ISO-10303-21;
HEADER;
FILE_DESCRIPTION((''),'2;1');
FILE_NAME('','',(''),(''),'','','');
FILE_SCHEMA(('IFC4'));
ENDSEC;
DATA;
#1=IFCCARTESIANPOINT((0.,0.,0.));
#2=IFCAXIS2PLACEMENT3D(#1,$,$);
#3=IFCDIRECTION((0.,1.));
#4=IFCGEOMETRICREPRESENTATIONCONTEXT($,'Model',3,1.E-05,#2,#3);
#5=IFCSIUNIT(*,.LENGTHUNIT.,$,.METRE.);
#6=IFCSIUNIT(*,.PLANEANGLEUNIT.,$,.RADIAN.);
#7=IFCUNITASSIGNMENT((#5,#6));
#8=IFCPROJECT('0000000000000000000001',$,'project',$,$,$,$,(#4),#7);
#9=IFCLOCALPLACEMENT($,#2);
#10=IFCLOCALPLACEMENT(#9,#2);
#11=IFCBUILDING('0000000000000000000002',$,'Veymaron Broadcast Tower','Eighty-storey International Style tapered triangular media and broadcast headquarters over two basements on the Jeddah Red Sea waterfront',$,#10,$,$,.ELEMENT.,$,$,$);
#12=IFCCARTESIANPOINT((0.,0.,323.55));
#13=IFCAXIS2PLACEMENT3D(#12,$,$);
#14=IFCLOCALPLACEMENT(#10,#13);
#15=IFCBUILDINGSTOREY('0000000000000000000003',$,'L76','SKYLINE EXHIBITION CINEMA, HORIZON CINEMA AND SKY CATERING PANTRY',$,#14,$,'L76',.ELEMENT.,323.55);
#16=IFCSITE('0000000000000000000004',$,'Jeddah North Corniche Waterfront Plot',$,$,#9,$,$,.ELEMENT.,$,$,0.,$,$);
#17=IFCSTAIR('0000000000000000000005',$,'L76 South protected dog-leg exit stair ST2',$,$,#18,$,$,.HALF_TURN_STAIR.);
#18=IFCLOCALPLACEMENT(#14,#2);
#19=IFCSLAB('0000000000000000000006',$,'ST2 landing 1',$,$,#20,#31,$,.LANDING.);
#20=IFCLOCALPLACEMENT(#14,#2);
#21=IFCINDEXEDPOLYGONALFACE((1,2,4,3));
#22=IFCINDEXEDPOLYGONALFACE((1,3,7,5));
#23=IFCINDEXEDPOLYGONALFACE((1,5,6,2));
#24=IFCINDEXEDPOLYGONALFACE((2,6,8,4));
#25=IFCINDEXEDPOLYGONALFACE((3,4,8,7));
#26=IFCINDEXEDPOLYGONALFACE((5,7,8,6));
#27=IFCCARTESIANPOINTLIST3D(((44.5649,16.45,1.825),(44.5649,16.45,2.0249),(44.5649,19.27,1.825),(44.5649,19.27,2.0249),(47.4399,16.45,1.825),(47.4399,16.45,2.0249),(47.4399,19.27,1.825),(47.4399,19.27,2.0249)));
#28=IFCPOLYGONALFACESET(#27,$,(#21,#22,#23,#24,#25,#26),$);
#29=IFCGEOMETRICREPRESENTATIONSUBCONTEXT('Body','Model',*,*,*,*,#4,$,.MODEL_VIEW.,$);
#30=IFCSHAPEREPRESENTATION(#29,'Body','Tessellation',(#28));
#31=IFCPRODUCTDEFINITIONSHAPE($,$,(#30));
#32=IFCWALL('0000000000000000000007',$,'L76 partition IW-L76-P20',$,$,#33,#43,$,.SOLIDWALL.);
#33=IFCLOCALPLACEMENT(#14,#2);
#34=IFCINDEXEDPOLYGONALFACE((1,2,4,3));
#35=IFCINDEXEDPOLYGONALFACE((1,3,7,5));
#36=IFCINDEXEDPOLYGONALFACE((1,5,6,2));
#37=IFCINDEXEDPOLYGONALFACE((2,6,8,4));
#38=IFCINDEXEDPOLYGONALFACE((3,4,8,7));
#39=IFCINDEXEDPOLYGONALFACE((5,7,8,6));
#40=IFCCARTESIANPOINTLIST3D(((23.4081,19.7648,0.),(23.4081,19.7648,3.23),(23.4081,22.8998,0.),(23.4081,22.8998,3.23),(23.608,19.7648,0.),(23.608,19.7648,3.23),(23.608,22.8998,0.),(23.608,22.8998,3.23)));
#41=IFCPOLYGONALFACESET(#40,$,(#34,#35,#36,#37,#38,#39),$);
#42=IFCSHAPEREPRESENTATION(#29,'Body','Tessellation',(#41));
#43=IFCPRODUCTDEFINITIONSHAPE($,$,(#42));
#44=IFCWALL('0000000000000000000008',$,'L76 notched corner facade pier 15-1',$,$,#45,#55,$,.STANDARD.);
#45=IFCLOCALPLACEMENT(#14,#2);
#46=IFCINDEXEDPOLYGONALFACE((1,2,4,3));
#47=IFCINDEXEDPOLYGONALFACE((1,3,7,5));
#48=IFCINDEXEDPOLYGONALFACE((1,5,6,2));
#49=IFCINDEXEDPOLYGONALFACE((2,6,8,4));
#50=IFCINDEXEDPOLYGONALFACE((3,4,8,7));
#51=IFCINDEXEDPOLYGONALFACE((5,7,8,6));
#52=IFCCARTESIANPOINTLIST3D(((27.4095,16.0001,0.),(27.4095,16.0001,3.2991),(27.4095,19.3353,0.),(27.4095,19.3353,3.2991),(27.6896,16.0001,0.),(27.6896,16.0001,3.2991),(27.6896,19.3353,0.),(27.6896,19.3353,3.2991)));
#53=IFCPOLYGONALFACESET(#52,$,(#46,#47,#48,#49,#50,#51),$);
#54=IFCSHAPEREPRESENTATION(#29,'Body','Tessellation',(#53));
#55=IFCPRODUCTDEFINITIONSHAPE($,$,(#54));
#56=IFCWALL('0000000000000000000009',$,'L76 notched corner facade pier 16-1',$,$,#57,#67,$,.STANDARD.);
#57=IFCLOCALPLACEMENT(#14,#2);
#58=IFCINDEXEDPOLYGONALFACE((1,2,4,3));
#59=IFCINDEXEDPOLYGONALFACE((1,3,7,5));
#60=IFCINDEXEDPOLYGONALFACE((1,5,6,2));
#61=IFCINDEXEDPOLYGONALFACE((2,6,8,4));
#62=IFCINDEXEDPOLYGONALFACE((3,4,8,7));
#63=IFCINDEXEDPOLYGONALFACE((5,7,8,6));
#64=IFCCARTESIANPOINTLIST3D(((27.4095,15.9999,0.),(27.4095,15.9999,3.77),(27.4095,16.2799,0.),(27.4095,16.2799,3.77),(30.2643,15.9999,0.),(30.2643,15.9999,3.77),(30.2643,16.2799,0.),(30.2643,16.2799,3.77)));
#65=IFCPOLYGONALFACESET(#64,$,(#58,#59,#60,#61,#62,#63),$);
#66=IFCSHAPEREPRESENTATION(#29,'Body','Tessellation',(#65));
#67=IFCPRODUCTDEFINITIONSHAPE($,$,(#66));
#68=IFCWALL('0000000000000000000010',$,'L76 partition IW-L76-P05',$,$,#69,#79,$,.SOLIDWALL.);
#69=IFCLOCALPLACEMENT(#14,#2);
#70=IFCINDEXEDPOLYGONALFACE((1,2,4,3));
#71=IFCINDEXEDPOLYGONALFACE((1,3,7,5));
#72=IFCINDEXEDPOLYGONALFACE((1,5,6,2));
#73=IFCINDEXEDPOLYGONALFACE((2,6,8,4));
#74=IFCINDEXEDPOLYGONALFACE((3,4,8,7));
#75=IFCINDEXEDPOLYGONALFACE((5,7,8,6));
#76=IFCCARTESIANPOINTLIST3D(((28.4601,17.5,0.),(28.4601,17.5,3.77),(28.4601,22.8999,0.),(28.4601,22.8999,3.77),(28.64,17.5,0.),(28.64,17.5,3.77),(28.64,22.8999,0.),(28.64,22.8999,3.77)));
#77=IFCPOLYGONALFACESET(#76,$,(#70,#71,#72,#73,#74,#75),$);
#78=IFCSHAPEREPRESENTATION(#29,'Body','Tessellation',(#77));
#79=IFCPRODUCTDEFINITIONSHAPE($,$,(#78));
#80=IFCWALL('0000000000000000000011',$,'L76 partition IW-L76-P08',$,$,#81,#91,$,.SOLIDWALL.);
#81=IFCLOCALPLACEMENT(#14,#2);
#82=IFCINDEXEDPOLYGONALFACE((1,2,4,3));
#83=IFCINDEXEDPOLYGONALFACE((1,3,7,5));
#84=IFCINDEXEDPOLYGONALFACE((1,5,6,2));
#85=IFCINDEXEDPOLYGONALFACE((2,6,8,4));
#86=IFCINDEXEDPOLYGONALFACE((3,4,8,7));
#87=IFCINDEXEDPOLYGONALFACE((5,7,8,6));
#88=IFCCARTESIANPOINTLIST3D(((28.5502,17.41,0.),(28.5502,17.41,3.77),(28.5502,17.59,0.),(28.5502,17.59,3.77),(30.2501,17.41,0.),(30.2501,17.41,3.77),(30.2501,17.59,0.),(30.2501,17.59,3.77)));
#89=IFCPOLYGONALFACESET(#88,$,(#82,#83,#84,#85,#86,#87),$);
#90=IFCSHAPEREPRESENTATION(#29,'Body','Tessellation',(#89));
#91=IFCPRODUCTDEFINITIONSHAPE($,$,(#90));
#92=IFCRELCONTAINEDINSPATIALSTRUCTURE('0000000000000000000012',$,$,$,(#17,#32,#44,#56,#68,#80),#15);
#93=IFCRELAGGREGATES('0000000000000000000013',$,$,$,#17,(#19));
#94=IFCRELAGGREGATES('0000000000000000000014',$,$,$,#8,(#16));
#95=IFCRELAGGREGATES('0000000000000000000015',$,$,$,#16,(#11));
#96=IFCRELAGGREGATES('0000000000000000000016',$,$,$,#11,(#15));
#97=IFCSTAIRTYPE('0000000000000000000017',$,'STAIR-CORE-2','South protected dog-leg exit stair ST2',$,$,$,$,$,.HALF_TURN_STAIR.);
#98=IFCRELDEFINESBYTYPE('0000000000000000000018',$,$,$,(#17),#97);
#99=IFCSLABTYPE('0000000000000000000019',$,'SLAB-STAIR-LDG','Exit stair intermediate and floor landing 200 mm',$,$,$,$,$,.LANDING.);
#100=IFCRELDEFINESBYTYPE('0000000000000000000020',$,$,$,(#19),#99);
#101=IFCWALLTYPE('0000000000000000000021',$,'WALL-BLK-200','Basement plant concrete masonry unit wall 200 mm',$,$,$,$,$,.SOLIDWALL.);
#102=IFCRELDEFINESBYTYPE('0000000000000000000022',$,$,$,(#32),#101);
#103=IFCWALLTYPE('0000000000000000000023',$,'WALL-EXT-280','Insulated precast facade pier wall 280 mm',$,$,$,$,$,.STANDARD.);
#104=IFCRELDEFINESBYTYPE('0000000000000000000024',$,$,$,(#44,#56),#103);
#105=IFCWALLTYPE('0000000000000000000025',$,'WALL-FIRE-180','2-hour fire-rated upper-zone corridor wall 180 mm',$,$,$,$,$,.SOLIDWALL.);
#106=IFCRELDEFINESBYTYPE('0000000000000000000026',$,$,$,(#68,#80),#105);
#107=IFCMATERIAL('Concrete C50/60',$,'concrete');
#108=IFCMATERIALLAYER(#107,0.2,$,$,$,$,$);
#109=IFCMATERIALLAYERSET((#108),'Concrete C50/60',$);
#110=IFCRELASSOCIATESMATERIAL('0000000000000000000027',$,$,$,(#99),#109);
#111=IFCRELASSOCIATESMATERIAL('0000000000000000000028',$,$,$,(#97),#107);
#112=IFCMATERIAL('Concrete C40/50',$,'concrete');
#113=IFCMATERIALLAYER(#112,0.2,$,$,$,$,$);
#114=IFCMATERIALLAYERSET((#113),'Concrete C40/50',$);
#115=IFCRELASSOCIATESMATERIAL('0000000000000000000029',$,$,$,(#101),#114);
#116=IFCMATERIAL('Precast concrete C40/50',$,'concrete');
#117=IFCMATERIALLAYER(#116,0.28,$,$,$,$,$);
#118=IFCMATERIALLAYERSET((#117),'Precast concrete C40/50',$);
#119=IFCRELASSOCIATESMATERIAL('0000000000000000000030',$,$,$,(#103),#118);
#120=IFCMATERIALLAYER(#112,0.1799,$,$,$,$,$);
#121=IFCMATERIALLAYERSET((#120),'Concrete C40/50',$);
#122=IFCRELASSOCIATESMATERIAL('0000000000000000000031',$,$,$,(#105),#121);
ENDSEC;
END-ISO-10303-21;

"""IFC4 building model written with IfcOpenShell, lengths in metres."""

from ifc_helpers import new_model, si_unit, direction, frame, frame_2d, origin, place, context, subcontext, project, spatial, polyline, rectangle, outline, extrude, material, layer, layer_set, type_object, element, aggregate, save


model = new_model("IFC4")

# Units and contexts
model_context = context("Model", 3, precision=1e-05, world=origin(), true_north=direction((0.0, 1.0)))
body_context = subcontext(model_context, "Body", "Model", "MODEL_VIEW")
ifc_project = project(units=[si_unit("LENGTHUNIT", "METRE"), si_unit("PLANEANGLEUNIT", "RADIAN")], contexts=[model_context])

# Site, building, storey
site_placement = place(None, origin())
site = spatial("IfcSite", under=ifc_project, at=site_placement, Name="Jeddah North Corniche Waterfront Plot", CompositionType="ELEMENT", RefElevation=0.0)
building_placement = place(site_placement, origin())
building = spatial("IfcBuilding", under=site, at=building_placement, Name="Veymaron Broadcast Tower", Description="Eighty-storey International Style tapered triangular media and broadcast headquarters over two basements on the Jeddah Red Sea waterfront", CompositionType="ELEMENT")
storey_placement = place(building_placement, frame((0.0, 0.0, 323.55)))
storey = spatial("IfcBuildingStorey", under=building, at=storey_placement, Name="L76", Description="SKYLINE EXHIBITION CINEMA, HORIZON CINEMA AND SKY CATERING PANTRY", LongName="L76", CompositionType="ELEMENT", Elevation=323.55)

# Shared definitions
ifc_material_1 = material(Name="Concrete C40/50", Category="concrete")

# Stair, slab
ifc_material_2 = material(Name="Concrete C50/60", Category="concrete")
ifc_layer_1 = layer(ifc_material_2, 0.2)
ifc_layer_set_1 = layer_set([ifc_layer_1], Name="Concrete C50/60")
slab_type_1 = type_object("IfcSlabType", Name="SLAB-STAIR-LDG", Description="Exit stair intermediate and floor landing 200 mm", PredefinedType="LANDING", material=ifc_layer_set_1)
stair_type_1 = type_object("IfcStairType", Name="STAIR-CORE-2", Description="South protected dog-leg exit stair ST2", PredefinedType="HALF_TURN_STAIR", material=ifc_material_2)
stair_1_placement = place(storey_placement, origin())
stair_1 = element("IfcStair", 1, at=stair_1_placement, inside=storey, type_object=stair_type_1, Name="L76 South protected dog-leg exit stair ST2", PredefinedType="HALF_TURN_STAIR")
slab_1_placement = place(storey_placement, frame((0.0, 0.0, 1.825)))
slab_1 = element("IfcSlab", 2, at=slab_1_placement, type_object=slab_type_1, Name="ST2 landing 1", PredefinedType="LANDING", context=body_context, shape_type="SweptSolid", body=[
    extrude(outline(polyline([(44.5649, 16.45), (47.4399, 16.45), (47.4399, 19.27), (44.5649, 19.27), (44.5649, 16.45)])), origin(), (0.0, 0.0, 1.0), 0.2),
])
aggregate(stair_1, [slab_1])

# Walls
ifc_layer_2 = layer(ifc_material_1, 0.2)
ifc_layer_set_2 = layer_set([ifc_layer_2], Name="Concrete C40/50")
wall_type_1 = type_object("IfcWallType", Name="WALL-BLK-200", Description="Basement plant concrete masonry unit wall 200 mm", PredefinedType="SOLIDWALL", material=ifc_layer_set_2)
wall_1_placement = place(storey_placement, frame((23.5081, 19.7649, 0.0), z_axis=(0.0, 0.0, 1.0), x_axis=(0.0, 1.0, 0.0)))
element("IfcWall", 3, at=wall_1_placement, inside=storey, type_object=wall_type_1, Name="L76 partition IW-L76-P20", PredefinedType="SOLIDWALL", context=body_context, shape_type="SweptSolid", body=[
    extrude(rectangle(XDim=3.135, YDim=0.2, at=frame_2d((1.5674, 0.0))), origin(), (0.0, 0.0, 1.0), 3.23),
])
ifc_material_3 = material(Name="Precast concrete C40/50", Category="concrete")
ifc_layer_3 = layer(ifc_material_3, 0.28)
ifc_layer_set_3 = layer_set([ifc_layer_3], Name="Precast concrete C40/50")
wall_type_2 = type_object("IfcWallType", Name="WALL-EXT-280", Description="Insulated precast facade pier wall 280 mm", PredefinedType="STANDARD", material=ifc_layer_set_3)
wall_2_placement = place(storey_placement, frame((27.5496, 19.3352, 0.0), z_axis=(0.0, 0.0, 1.0), x_axis=(0.0, -1.0, 0.0)))
element("IfcWall", 4, at=wall_2_placement, inside=storey, type_object=wall_type_2, Name="L76 notched corner facade pier 15-1", PredefinedType="STANDARD", context=body_context, shape_type="SweptSolid", body=[
    extrude(rectangle(XDim=3.3352, YDim=0.28, at=frame_2d((1.6675, 0.0))), origin(), (0.0, 0.0, 1.0), 3.2991),
])
wall_3_placement = place(storey_placement, frame((27.4097, 16.1399, 0.0), z_axis=(0.0, 0.0, 1.0), x_axis=(1.0, 0.0, 0.0)))
element("IfcWall", 5, at=wall_3_placement, inside=storey, type_object=wall_type_2, Name="L76 notched corner facade pier 16-1", PredefinedType="STANDARD", context=body_context, shape_type="SweptSolid", body=[
    extrude(rectangle(XDim=2.8547, YDim=0.28, at=frame_2d((1.4272, 0.0))), origin(), (0.0, 0.0, 1.0), 3.77),
])
ifc_layer_4 = layer(ifc_material_1, 0.1799)
ifc_layer_set_4 = layer_set([ifc_layer_4], Name="Concrete C40/50")
wall_type_3 = type_object("IfcWallType", Name="WALL-FIRE-180", Description="2-hour fire-rated upper-zone corridor wall 180 mm", PredefinedType="SOLIDWALL", material=ifc_layer_set_4)
wall_4_placement = place(storey_placement, frame((28.55, 17.5, 0.0), z_axis=(0.0, 0.0, 1.0), x_axis=(0.0, 1.0, 0.0)))
element("IfcWall", 6, at=wall_4_placement, inside=storey, type_object=wall_type_3, Name="L76 partition IW-L76-P05", PredefinedType="SOLIDWALL", context=body_context, shape_type="SweptSolid", body=[
    extrude(rectangle(XDim=5.3999, YDim=0.1799, at=frame_2d((2.7, 0.0))), origin(), (0.0, 0.0, 1.0), 3.77),
])
wall_5_placement = place(storey_placement, frame((28.55, 17.5, 0.0), z_axis=(0.0, 0.0, 1.0), x_axis=(1.0, 0.0, 0.0)))
element("IfcWall", 7, at=wall_5_placement, inside=storey, type_object=wall_type_3, Name="L76 partition IW-L76-P08", PredefinedType="SOLIDWALL", context=body_context, shape_type="SweptSolid", body=[
    extrude(rectangle(XDim=1.7, YDim=0.1799, at=frame_2d((0.8501, 0.0))), origin(), (0.0, 0.0, 1.0), 3.77),
])

save(model, "model.ifc")
